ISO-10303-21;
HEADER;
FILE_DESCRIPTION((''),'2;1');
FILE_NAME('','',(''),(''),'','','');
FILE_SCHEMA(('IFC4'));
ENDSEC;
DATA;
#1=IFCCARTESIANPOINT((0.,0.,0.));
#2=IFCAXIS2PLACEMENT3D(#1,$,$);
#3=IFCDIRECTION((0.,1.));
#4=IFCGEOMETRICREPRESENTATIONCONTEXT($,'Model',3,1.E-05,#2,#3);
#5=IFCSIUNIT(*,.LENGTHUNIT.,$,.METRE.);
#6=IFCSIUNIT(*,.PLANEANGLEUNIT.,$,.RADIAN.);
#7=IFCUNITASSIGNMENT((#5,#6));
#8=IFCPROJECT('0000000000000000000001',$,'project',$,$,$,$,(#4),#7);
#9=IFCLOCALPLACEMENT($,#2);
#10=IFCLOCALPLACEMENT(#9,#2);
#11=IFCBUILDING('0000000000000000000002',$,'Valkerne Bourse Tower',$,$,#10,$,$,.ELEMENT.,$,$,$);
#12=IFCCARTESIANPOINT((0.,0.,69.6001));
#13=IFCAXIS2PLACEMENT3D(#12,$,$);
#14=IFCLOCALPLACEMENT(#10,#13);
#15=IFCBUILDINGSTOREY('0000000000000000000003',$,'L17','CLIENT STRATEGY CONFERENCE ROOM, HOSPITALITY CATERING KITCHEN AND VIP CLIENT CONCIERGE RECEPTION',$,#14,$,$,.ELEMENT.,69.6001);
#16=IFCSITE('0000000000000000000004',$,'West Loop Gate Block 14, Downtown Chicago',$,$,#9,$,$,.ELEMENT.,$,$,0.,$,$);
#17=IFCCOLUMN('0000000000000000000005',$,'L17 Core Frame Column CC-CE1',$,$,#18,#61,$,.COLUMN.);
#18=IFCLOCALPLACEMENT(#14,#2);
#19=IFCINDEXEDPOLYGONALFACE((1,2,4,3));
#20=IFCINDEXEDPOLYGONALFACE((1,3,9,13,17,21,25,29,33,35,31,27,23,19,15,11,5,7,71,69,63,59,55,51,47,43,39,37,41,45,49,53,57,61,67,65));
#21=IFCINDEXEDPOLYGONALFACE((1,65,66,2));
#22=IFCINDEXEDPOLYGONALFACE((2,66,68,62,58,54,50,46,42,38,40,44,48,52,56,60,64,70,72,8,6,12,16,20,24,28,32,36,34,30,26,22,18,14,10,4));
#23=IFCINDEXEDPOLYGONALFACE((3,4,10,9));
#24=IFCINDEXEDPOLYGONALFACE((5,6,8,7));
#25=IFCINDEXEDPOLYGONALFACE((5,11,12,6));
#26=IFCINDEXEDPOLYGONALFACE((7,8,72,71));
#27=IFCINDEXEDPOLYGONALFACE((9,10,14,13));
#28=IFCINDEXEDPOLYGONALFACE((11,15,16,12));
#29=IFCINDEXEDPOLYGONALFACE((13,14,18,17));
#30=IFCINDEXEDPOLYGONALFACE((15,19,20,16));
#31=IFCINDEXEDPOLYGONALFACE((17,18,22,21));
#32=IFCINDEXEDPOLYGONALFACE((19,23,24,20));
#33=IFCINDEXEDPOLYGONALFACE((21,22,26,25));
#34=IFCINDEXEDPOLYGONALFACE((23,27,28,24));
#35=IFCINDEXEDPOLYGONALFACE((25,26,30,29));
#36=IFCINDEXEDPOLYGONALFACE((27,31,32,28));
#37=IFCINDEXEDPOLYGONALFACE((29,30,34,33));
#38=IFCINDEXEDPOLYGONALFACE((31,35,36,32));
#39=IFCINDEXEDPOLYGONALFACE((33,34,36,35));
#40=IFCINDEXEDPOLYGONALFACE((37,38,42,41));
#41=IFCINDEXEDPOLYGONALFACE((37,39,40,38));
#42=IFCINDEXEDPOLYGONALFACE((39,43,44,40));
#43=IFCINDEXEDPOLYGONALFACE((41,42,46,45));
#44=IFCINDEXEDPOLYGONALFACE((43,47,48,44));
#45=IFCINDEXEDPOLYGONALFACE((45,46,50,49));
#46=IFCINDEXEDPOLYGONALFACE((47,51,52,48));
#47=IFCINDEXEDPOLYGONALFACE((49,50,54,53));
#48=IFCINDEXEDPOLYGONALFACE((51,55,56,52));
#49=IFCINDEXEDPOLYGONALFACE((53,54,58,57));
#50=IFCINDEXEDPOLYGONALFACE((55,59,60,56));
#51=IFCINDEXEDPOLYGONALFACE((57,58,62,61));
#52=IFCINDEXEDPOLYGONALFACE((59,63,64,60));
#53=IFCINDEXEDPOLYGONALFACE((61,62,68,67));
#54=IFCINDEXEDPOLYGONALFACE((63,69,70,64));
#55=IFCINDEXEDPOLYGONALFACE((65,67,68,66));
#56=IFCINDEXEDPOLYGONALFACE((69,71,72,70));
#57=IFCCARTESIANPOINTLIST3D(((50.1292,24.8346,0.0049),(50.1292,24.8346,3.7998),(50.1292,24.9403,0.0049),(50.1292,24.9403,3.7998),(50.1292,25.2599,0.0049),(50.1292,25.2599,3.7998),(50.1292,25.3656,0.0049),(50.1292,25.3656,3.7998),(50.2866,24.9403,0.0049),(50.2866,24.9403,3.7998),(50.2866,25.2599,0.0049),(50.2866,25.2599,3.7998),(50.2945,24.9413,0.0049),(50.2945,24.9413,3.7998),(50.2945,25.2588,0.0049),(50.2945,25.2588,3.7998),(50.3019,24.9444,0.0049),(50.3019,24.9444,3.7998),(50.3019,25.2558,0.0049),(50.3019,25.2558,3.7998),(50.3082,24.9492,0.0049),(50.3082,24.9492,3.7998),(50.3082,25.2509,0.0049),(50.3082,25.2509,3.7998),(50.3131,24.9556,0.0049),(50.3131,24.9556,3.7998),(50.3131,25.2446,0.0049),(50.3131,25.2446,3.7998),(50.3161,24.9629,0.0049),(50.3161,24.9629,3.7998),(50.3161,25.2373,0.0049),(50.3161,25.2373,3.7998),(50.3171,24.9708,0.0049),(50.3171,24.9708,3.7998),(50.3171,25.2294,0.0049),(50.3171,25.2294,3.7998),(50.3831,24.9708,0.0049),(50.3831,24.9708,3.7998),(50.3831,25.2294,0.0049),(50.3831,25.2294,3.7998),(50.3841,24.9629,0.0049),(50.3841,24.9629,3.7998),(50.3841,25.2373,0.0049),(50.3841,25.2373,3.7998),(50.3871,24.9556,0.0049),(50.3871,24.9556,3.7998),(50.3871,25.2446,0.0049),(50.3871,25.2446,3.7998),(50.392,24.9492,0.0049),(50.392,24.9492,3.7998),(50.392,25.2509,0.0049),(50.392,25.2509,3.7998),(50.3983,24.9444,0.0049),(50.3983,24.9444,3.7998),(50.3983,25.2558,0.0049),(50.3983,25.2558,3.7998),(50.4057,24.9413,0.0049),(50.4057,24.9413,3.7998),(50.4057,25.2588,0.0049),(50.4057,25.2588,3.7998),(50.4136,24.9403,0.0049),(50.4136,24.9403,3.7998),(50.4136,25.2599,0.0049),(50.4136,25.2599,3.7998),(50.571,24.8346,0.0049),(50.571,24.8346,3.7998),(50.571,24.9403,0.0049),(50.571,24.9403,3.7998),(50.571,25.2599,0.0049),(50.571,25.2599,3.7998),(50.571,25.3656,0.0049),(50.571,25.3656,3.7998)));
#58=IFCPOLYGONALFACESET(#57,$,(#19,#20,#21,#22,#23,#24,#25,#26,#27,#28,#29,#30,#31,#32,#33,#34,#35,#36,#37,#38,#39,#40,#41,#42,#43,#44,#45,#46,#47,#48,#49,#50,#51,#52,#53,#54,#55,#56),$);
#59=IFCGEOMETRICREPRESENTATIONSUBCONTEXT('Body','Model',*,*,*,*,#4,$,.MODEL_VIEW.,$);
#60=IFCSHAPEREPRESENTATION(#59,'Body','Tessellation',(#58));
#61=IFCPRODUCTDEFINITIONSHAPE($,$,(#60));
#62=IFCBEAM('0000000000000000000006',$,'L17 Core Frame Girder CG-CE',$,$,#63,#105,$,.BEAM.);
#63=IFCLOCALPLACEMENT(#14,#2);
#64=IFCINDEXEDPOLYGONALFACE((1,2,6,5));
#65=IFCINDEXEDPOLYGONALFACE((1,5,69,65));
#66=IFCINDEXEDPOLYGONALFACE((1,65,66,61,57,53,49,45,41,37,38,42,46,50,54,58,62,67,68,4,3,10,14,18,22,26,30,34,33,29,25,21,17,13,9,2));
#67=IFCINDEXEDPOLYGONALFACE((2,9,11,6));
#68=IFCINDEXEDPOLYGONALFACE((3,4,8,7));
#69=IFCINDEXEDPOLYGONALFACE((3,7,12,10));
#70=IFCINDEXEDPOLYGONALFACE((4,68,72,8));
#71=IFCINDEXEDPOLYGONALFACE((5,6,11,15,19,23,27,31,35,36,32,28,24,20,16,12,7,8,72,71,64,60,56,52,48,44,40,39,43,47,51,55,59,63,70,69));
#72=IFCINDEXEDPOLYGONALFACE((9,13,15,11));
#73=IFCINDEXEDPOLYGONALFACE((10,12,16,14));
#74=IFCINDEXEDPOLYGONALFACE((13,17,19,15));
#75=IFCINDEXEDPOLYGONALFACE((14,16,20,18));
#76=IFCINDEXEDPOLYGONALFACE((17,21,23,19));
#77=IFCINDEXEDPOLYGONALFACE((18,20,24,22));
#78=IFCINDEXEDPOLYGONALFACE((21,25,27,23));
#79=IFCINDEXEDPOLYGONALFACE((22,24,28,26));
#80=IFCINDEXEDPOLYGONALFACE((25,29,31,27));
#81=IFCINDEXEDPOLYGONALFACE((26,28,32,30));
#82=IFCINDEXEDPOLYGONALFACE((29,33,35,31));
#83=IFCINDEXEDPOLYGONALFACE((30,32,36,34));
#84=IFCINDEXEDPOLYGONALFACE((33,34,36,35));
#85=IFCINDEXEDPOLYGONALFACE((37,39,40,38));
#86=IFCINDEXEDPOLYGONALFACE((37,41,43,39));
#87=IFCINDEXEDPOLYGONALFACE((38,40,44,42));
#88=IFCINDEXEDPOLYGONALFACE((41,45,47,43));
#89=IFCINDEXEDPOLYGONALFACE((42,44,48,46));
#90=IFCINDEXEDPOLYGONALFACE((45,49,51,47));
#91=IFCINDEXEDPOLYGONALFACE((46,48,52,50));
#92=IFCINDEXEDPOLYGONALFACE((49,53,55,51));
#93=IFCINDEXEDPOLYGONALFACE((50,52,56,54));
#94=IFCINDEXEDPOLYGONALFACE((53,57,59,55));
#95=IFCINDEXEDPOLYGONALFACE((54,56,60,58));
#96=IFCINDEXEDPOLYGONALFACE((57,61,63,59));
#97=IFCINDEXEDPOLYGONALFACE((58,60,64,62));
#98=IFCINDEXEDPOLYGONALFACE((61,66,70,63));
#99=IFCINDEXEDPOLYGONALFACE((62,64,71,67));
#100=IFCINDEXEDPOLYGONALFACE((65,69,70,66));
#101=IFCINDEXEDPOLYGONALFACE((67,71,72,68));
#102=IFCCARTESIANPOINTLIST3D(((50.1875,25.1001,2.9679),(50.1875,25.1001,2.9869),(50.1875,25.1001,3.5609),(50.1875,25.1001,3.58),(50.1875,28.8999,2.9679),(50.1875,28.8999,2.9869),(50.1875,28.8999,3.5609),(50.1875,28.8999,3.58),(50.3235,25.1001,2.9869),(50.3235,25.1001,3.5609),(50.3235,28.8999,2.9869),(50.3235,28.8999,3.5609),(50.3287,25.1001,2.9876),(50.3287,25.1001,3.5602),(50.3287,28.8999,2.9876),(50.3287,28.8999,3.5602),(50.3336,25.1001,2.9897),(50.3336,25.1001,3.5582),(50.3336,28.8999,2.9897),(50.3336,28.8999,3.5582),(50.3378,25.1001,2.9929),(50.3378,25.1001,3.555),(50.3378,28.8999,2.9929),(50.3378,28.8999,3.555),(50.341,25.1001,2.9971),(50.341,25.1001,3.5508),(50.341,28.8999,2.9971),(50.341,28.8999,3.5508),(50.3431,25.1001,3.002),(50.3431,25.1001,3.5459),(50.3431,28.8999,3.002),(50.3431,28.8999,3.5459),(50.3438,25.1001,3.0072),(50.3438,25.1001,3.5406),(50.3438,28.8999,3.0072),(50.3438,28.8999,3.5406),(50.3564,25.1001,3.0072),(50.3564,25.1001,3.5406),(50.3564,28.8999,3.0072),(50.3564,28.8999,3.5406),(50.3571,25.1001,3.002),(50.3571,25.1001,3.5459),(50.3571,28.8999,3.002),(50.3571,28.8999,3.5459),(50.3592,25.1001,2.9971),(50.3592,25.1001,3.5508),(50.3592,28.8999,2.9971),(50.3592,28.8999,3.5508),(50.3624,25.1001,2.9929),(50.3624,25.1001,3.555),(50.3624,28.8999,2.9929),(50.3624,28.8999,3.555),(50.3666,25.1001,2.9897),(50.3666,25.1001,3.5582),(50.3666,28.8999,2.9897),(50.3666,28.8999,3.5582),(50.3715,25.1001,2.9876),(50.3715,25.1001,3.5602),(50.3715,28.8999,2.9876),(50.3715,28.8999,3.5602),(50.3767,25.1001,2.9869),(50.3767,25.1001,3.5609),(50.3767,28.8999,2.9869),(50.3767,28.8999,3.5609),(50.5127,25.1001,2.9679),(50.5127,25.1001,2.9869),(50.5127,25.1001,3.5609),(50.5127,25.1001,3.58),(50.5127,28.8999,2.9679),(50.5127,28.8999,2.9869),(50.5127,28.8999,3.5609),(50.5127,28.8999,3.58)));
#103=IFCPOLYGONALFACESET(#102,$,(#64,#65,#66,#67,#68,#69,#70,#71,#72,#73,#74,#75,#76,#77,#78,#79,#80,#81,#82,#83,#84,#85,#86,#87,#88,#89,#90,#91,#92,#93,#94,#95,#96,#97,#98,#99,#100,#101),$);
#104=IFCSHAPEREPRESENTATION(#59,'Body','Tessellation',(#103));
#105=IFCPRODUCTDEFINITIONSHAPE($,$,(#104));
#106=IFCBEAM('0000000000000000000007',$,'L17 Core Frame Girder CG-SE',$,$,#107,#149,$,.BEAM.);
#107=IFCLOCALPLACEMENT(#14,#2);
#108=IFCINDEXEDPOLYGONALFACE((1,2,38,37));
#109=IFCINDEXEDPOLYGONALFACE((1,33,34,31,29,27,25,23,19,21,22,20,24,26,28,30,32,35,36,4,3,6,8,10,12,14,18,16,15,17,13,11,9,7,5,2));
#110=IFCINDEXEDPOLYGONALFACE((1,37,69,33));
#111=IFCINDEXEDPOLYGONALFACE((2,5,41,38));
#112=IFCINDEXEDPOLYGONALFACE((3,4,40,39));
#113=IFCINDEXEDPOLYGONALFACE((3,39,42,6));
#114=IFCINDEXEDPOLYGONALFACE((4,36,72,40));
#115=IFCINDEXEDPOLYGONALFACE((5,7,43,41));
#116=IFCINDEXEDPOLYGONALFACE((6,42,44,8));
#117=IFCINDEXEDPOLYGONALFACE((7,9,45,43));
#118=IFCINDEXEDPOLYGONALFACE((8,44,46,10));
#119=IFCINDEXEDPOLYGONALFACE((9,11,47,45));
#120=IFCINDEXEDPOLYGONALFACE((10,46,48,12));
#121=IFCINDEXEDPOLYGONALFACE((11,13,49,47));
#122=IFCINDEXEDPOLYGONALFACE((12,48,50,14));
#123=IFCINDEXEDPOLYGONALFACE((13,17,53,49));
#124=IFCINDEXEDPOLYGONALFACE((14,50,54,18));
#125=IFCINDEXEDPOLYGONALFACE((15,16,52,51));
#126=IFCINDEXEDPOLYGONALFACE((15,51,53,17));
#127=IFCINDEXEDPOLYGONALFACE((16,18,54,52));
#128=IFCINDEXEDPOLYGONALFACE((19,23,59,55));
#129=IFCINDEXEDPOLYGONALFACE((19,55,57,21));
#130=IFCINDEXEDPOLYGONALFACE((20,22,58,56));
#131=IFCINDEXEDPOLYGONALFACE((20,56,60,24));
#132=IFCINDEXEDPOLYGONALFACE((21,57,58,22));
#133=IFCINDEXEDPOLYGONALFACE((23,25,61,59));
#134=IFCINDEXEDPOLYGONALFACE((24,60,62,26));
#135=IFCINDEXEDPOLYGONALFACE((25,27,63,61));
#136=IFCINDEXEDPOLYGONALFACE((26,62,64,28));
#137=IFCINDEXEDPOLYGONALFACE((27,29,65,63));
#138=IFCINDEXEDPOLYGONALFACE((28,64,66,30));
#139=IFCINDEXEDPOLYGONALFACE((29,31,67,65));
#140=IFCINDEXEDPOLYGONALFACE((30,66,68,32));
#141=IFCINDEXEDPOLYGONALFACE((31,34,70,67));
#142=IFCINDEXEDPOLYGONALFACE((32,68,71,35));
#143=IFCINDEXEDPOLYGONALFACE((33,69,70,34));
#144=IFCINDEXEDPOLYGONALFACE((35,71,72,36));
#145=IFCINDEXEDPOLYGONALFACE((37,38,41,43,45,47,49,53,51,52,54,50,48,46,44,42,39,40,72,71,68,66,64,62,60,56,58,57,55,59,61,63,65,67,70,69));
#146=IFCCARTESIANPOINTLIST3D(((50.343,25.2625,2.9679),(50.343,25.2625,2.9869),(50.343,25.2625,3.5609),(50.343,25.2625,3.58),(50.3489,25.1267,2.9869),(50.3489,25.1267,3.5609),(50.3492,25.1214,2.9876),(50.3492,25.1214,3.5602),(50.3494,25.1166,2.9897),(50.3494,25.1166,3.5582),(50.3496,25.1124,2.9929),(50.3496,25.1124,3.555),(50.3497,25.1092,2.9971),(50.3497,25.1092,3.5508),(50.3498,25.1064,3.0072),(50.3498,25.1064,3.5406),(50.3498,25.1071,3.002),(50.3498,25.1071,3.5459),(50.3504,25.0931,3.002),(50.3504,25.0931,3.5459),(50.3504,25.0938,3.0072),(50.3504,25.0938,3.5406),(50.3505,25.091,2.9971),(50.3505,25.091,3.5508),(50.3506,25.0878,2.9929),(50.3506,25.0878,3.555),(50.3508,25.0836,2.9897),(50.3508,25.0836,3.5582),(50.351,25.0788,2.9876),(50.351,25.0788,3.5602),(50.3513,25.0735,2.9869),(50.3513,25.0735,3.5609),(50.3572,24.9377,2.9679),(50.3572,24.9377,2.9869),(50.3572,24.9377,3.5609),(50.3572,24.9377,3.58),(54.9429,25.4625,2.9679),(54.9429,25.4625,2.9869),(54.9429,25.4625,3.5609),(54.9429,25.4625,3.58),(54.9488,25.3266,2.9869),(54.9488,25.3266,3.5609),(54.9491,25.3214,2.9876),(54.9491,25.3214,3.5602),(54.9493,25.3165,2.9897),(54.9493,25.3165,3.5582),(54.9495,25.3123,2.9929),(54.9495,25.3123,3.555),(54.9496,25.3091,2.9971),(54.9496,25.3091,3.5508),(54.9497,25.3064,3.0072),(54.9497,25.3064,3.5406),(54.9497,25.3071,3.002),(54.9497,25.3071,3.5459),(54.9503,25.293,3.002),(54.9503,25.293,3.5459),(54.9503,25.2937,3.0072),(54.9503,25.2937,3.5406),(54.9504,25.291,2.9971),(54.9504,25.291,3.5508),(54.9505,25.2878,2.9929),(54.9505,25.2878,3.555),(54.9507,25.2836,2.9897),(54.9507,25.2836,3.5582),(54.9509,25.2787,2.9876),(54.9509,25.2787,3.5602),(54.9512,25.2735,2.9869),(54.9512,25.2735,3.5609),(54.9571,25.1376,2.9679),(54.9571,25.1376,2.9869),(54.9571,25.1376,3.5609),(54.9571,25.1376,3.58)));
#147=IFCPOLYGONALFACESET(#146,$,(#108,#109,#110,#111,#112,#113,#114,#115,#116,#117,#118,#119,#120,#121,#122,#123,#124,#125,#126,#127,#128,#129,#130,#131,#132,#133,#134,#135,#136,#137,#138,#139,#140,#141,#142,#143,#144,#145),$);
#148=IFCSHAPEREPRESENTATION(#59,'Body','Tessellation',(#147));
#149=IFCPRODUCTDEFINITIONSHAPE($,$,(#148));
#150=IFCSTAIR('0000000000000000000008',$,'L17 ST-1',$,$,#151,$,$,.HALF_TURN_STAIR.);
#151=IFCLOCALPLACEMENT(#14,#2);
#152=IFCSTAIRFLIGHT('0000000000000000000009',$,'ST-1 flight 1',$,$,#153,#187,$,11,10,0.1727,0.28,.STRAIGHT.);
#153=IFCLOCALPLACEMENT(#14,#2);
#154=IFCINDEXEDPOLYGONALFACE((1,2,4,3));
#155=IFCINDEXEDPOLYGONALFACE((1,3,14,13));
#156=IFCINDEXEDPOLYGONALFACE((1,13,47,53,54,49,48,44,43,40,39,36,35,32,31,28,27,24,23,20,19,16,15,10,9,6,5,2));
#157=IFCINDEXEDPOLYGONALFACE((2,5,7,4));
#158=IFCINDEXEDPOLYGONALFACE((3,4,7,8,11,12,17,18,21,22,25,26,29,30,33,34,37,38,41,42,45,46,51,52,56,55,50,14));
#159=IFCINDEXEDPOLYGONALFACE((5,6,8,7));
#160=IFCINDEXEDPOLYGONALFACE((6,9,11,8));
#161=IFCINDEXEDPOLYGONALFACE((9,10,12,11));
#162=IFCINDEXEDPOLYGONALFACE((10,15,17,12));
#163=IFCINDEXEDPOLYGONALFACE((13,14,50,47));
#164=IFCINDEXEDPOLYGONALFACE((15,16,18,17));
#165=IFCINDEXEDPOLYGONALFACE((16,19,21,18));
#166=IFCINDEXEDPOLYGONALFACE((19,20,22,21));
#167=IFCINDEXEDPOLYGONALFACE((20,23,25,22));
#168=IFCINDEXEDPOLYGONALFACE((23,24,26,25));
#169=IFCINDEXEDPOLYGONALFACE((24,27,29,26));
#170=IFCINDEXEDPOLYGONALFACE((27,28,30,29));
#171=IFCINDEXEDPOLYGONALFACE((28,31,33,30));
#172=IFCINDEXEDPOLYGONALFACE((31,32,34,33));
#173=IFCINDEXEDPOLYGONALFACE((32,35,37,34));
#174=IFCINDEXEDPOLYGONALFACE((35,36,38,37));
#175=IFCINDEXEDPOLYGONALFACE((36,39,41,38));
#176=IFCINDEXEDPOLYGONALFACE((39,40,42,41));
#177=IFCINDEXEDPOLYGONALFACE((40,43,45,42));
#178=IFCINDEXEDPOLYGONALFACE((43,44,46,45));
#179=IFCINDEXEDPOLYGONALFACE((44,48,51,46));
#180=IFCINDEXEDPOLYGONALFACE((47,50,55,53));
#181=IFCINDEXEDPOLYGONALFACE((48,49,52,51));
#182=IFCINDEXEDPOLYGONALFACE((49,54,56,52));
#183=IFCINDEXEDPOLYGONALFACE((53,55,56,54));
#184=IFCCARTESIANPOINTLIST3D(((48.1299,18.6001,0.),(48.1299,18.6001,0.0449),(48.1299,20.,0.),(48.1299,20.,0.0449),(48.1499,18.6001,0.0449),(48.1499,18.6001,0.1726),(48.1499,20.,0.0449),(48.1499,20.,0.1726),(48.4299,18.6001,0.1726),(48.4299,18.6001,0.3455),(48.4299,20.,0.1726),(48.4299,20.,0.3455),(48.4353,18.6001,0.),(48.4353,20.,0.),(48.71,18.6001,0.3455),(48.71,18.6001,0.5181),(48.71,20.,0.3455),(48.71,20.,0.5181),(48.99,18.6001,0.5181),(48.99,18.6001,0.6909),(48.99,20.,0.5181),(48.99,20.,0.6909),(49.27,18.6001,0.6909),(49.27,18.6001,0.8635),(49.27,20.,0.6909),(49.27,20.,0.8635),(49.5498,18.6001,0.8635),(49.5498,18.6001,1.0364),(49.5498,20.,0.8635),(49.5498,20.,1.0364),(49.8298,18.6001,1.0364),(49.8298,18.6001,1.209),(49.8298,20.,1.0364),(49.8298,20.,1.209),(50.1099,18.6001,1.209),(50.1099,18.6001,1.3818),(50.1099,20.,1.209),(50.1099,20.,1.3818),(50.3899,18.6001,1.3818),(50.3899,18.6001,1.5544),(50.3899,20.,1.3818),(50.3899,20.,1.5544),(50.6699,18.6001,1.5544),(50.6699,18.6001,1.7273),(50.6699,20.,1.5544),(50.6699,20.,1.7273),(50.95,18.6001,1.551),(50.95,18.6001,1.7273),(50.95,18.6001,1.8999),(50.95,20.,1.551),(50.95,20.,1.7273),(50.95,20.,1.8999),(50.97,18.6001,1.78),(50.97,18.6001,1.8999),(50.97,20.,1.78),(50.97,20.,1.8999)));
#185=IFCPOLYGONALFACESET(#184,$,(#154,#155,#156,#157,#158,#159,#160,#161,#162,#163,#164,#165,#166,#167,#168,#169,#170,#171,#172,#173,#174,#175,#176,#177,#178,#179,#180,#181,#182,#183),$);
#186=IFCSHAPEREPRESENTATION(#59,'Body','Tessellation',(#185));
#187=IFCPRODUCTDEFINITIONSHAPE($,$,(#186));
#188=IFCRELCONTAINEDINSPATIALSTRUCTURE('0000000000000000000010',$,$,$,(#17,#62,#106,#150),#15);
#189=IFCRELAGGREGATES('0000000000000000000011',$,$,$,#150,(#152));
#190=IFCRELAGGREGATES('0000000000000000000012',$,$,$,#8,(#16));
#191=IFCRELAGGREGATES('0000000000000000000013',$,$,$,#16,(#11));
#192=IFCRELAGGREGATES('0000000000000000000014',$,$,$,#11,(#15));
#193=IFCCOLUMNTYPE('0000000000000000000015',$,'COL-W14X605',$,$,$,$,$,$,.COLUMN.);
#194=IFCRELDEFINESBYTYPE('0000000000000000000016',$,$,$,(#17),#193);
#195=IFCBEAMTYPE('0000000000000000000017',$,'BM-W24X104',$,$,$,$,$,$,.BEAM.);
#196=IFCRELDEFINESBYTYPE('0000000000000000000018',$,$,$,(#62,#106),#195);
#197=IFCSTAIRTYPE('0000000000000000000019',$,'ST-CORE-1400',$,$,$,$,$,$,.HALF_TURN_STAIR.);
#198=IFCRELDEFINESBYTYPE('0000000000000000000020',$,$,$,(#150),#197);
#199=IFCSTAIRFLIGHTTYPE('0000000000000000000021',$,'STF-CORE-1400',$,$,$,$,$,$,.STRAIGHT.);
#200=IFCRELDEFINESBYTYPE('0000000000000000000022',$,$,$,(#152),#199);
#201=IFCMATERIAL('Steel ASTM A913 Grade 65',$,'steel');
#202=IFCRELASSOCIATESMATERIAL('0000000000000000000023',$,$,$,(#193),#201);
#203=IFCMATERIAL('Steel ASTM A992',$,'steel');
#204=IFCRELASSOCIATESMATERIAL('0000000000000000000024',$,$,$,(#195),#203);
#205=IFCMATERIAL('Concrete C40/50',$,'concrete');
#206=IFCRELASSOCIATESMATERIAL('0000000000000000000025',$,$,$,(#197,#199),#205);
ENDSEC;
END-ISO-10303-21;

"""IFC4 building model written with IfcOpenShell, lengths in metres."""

from ifc_helpers import new_model, si_unit, direction, frame, origin, origin_2d, place, context, subcontext, project, spatial, polyline, i_section, outline, extrude, material, material_profile, profile_set, type_object, element, aggregate, save


model = new_model("IFC4")

# Units and contexts
model_context = context("Model", 3, precision=1e-05, world=origin(), true_north=direction((0.0, 1.0)))
body_context = subcontext(model_context, "Body", "Model", "MODEL_VIEW")
ifc_project = project(units=[si_unit("LENGTHUNIT", "METRE"), si_unit("PLANEANGLEUNIT", "RADIAN")], contexts=[model_context])

# Site, building, storey
site_placement = place(None, origin())
site = spatial("IfcSite", under=ifc_project, at=site_placement, Name="West Loop Gate Block 14, Downtown Chicago", CompositionType="ELEMENT", RefElevation=0.0)
building_placement = place(site_placement, origin())
building = spatial("IfcBuilding", under=site, at=building_placement, Name="Valkerne Bourse Tower", CompositionType="ELEMENT")
storey_placement = place(building_placement, frame((0.0, 0.0, 69.6001)))
storey = spatial("IfcBuildingStorey", under=building, at=storey_placement, Name="L17", Description="CLIENT STRATEGY CONFERENCE ROOM, HOSPITALITY CATERING KITCHEN AND VIP CLIENT CONCIERGE RECEPTION", CompositionType="ELEMENT", Elevation=69.6001)

# Column
ifc_material_1 = material(Name="Steel ASTM A913 Grade 65", Category="steel")
ifc_material_profile_1 = material_profile(ifc_material_1, i_section(OverallWidth=0.4419, OverallDepth=0.531, WebThickness=0.0659, FlangeThickness=0.1057, FilletRadius=0.0305, at=origin_2d()), Name="W14X605")
ifc_profile_set_1 = profile_set([ifc_material_profile_1], Name="Steel ASTM A913 Grade 65")
column_type = type_object("IfcColumnType", Name="COL-W14X605", PredefinedType="COLUMN", material=ifc_profile_set_1)
column_placement = place(storey_placement, frame((50.3501, 25.1001, 0.0049), z_axis=(0.0, 0.0, 1.0), x_axis=(1.0, 0.0, 0.0)))
element("IfcColumn", 1, at=column_placement, inside=storey, type_object=column_type, Name="L17 Core Frame Column CC-CE1", PredefinedType="COLUMN", context=body_context, shape_type="SweptSolid", body=[
    extrude(i_section(OverallWidth=0.4419, OverallDepth=0.531, WebThickness=0.0659, FlangeThickness=0.1057, FilletRadius=0.0305, at=origin_2d()), origin(), (0.0, 0.0, 1.0), 3.7949),
])

# Beams
ifc_material_2 = material(Name="Steel ASTM A992", Category="steel")
ifc_material_profile_2 = material_profile(ifc_material_2, i_section(OverallWidth=0.3252, OverallDepth=0.6121, WebThickness=0.0127, FlangeThickness=0.019, FilletRadius=0.0203, at=origin_2d()), Name="W24X104")
ifc_profile_set_2 = profile_set([ifc_material_profile_2], Name="Steel ASTM A992")
beam_type = type_object("IfcBeamType", Name="BM-W24X104", PredefinedType="BEAM", material=ifc_profile_set_2)
beam_1_placement = place(storey_placement, frame((50.3501, 25.1001, 3.2739), z_axis=(0.0, 1.0, 0.0), x_axis=(-1.0, 0.0, 0.0)))
element("IfcBeam", 2, at=beam_1_placement, inside=storey, type_object=beam_type, Name="L17 Core Frame Girder CG-CE", PredefinedType="BEAM", context=body_context, shape_type="SweptSolid", body=[
    extrude(i_section(OverallWidth=0.3252, OverallDepth=0.6121, WebThickness=0.0127, FlangeThickness=0.019, FilletRadius=0.0203, at=origin_2d()), origin(), (0.0, 0.0, 1.0), 3.7998),
])
beam_2_placement = place(storey_placement, frame((50.3501, 25.1001, 3.2739), z_axis=(0.999057, 0.043428, 0.0), x_axis=(-0.043428, 0.999057, 0.0)))
element("IfcBeam", 3, at=beam_2_placement, inside=storey, type_object=beam_type, Name="L17 Core Frame Girder CG-SE", PredefinedType="BEAM", context=body_context, shape_type="SweptSolid", body=[
    extrude(i_section(OverallWidth=0.3252, OverallDepth=0.6121, WebThickness=0.0127, FlangeThickness=0.019, FilletRadius=0.0203, at=origin_2d()), origin(), (0.0, 0.0, 1.0), 4.6042),
])

# Stair, stair flight
ifc_material_3 = material(Name="Concrete C40/50", Category="concrete")
stair_type = type_object("IfcStairType", Name="ST-CORE-1400", PredefinedType="HALF_TURN_STAIR", material=ifc_material_3)
stair_placement = place(storey_placement, origin())
stair = element("IfcStair", 4, at=stair_placement, inside=storey, type_object=stair_type, Name="L17 ST-1", PredefinedType="HALF_TURN_STAIR")
stair_flight_type = type_object("IfcStairFlightType", Name="STF-CORE-1400", PredefinedType="STRAIGHT", material=ifc_material_3)
stair_flight_1_placement = place(storey_placement, frame((48.1499, 19.3, 0.0), z_axis=(0.0, 0.0, 1.0), x_axis=(1.0, 0.0, 0.0)))
stair_flight_1 = element("IfcStairFlight", 5, at=stair_flight_1_placement, type_object=stair_flight_type, Name="ST-1 flight 1", NumberOfRisers=11, NumberOfTreads=10, PredefinedType="STRAIGHT", RiserHeight=0.1727, TreadLength=0.28, context=body_context, shape_type="SweptSolid", body=[
    extrude(outline(polyline([(-0.02, 0.0), (-0.02, 0.0449), (0.0, 0.0449), (0.0, 0.1726), (0.28, 0.1726), (0.28, 0.3455), (0.5601, 0.3455), (0.5601, 0.5181), (0.8401, 0.5181), (0.8401, 0.6909), (1.1201, 0.6909), (1.1201, 0.8635), (1.3999, 0.8635), (1.3999, 1.0364), (1.6799, 1.0364), (1.6799, 1.209), (1.96, 1.209), (1.96, 1.3818), (2.24, 1.3818), (2.24, 1.5544), (2.52, 1.5544), (2.52, 1.7273), (2.8, 1.7273), (2.8, 1.8999), (2.8201, 1.8999), (2.8201, 1.78), (2.8, 1.551), (0.2854, 0.0), (-0.02, 0.0)])), frame((0.0, 0.7, 0.0), z_axis=(0.0, -1.0, 0.0), x_axis=(1.0, 0.0, 0.0)), (0.0, 0.0, 1.0), 1.3999),
])
aggregate(stair, [stair_flight_1])

save(model, "model.ifc")
